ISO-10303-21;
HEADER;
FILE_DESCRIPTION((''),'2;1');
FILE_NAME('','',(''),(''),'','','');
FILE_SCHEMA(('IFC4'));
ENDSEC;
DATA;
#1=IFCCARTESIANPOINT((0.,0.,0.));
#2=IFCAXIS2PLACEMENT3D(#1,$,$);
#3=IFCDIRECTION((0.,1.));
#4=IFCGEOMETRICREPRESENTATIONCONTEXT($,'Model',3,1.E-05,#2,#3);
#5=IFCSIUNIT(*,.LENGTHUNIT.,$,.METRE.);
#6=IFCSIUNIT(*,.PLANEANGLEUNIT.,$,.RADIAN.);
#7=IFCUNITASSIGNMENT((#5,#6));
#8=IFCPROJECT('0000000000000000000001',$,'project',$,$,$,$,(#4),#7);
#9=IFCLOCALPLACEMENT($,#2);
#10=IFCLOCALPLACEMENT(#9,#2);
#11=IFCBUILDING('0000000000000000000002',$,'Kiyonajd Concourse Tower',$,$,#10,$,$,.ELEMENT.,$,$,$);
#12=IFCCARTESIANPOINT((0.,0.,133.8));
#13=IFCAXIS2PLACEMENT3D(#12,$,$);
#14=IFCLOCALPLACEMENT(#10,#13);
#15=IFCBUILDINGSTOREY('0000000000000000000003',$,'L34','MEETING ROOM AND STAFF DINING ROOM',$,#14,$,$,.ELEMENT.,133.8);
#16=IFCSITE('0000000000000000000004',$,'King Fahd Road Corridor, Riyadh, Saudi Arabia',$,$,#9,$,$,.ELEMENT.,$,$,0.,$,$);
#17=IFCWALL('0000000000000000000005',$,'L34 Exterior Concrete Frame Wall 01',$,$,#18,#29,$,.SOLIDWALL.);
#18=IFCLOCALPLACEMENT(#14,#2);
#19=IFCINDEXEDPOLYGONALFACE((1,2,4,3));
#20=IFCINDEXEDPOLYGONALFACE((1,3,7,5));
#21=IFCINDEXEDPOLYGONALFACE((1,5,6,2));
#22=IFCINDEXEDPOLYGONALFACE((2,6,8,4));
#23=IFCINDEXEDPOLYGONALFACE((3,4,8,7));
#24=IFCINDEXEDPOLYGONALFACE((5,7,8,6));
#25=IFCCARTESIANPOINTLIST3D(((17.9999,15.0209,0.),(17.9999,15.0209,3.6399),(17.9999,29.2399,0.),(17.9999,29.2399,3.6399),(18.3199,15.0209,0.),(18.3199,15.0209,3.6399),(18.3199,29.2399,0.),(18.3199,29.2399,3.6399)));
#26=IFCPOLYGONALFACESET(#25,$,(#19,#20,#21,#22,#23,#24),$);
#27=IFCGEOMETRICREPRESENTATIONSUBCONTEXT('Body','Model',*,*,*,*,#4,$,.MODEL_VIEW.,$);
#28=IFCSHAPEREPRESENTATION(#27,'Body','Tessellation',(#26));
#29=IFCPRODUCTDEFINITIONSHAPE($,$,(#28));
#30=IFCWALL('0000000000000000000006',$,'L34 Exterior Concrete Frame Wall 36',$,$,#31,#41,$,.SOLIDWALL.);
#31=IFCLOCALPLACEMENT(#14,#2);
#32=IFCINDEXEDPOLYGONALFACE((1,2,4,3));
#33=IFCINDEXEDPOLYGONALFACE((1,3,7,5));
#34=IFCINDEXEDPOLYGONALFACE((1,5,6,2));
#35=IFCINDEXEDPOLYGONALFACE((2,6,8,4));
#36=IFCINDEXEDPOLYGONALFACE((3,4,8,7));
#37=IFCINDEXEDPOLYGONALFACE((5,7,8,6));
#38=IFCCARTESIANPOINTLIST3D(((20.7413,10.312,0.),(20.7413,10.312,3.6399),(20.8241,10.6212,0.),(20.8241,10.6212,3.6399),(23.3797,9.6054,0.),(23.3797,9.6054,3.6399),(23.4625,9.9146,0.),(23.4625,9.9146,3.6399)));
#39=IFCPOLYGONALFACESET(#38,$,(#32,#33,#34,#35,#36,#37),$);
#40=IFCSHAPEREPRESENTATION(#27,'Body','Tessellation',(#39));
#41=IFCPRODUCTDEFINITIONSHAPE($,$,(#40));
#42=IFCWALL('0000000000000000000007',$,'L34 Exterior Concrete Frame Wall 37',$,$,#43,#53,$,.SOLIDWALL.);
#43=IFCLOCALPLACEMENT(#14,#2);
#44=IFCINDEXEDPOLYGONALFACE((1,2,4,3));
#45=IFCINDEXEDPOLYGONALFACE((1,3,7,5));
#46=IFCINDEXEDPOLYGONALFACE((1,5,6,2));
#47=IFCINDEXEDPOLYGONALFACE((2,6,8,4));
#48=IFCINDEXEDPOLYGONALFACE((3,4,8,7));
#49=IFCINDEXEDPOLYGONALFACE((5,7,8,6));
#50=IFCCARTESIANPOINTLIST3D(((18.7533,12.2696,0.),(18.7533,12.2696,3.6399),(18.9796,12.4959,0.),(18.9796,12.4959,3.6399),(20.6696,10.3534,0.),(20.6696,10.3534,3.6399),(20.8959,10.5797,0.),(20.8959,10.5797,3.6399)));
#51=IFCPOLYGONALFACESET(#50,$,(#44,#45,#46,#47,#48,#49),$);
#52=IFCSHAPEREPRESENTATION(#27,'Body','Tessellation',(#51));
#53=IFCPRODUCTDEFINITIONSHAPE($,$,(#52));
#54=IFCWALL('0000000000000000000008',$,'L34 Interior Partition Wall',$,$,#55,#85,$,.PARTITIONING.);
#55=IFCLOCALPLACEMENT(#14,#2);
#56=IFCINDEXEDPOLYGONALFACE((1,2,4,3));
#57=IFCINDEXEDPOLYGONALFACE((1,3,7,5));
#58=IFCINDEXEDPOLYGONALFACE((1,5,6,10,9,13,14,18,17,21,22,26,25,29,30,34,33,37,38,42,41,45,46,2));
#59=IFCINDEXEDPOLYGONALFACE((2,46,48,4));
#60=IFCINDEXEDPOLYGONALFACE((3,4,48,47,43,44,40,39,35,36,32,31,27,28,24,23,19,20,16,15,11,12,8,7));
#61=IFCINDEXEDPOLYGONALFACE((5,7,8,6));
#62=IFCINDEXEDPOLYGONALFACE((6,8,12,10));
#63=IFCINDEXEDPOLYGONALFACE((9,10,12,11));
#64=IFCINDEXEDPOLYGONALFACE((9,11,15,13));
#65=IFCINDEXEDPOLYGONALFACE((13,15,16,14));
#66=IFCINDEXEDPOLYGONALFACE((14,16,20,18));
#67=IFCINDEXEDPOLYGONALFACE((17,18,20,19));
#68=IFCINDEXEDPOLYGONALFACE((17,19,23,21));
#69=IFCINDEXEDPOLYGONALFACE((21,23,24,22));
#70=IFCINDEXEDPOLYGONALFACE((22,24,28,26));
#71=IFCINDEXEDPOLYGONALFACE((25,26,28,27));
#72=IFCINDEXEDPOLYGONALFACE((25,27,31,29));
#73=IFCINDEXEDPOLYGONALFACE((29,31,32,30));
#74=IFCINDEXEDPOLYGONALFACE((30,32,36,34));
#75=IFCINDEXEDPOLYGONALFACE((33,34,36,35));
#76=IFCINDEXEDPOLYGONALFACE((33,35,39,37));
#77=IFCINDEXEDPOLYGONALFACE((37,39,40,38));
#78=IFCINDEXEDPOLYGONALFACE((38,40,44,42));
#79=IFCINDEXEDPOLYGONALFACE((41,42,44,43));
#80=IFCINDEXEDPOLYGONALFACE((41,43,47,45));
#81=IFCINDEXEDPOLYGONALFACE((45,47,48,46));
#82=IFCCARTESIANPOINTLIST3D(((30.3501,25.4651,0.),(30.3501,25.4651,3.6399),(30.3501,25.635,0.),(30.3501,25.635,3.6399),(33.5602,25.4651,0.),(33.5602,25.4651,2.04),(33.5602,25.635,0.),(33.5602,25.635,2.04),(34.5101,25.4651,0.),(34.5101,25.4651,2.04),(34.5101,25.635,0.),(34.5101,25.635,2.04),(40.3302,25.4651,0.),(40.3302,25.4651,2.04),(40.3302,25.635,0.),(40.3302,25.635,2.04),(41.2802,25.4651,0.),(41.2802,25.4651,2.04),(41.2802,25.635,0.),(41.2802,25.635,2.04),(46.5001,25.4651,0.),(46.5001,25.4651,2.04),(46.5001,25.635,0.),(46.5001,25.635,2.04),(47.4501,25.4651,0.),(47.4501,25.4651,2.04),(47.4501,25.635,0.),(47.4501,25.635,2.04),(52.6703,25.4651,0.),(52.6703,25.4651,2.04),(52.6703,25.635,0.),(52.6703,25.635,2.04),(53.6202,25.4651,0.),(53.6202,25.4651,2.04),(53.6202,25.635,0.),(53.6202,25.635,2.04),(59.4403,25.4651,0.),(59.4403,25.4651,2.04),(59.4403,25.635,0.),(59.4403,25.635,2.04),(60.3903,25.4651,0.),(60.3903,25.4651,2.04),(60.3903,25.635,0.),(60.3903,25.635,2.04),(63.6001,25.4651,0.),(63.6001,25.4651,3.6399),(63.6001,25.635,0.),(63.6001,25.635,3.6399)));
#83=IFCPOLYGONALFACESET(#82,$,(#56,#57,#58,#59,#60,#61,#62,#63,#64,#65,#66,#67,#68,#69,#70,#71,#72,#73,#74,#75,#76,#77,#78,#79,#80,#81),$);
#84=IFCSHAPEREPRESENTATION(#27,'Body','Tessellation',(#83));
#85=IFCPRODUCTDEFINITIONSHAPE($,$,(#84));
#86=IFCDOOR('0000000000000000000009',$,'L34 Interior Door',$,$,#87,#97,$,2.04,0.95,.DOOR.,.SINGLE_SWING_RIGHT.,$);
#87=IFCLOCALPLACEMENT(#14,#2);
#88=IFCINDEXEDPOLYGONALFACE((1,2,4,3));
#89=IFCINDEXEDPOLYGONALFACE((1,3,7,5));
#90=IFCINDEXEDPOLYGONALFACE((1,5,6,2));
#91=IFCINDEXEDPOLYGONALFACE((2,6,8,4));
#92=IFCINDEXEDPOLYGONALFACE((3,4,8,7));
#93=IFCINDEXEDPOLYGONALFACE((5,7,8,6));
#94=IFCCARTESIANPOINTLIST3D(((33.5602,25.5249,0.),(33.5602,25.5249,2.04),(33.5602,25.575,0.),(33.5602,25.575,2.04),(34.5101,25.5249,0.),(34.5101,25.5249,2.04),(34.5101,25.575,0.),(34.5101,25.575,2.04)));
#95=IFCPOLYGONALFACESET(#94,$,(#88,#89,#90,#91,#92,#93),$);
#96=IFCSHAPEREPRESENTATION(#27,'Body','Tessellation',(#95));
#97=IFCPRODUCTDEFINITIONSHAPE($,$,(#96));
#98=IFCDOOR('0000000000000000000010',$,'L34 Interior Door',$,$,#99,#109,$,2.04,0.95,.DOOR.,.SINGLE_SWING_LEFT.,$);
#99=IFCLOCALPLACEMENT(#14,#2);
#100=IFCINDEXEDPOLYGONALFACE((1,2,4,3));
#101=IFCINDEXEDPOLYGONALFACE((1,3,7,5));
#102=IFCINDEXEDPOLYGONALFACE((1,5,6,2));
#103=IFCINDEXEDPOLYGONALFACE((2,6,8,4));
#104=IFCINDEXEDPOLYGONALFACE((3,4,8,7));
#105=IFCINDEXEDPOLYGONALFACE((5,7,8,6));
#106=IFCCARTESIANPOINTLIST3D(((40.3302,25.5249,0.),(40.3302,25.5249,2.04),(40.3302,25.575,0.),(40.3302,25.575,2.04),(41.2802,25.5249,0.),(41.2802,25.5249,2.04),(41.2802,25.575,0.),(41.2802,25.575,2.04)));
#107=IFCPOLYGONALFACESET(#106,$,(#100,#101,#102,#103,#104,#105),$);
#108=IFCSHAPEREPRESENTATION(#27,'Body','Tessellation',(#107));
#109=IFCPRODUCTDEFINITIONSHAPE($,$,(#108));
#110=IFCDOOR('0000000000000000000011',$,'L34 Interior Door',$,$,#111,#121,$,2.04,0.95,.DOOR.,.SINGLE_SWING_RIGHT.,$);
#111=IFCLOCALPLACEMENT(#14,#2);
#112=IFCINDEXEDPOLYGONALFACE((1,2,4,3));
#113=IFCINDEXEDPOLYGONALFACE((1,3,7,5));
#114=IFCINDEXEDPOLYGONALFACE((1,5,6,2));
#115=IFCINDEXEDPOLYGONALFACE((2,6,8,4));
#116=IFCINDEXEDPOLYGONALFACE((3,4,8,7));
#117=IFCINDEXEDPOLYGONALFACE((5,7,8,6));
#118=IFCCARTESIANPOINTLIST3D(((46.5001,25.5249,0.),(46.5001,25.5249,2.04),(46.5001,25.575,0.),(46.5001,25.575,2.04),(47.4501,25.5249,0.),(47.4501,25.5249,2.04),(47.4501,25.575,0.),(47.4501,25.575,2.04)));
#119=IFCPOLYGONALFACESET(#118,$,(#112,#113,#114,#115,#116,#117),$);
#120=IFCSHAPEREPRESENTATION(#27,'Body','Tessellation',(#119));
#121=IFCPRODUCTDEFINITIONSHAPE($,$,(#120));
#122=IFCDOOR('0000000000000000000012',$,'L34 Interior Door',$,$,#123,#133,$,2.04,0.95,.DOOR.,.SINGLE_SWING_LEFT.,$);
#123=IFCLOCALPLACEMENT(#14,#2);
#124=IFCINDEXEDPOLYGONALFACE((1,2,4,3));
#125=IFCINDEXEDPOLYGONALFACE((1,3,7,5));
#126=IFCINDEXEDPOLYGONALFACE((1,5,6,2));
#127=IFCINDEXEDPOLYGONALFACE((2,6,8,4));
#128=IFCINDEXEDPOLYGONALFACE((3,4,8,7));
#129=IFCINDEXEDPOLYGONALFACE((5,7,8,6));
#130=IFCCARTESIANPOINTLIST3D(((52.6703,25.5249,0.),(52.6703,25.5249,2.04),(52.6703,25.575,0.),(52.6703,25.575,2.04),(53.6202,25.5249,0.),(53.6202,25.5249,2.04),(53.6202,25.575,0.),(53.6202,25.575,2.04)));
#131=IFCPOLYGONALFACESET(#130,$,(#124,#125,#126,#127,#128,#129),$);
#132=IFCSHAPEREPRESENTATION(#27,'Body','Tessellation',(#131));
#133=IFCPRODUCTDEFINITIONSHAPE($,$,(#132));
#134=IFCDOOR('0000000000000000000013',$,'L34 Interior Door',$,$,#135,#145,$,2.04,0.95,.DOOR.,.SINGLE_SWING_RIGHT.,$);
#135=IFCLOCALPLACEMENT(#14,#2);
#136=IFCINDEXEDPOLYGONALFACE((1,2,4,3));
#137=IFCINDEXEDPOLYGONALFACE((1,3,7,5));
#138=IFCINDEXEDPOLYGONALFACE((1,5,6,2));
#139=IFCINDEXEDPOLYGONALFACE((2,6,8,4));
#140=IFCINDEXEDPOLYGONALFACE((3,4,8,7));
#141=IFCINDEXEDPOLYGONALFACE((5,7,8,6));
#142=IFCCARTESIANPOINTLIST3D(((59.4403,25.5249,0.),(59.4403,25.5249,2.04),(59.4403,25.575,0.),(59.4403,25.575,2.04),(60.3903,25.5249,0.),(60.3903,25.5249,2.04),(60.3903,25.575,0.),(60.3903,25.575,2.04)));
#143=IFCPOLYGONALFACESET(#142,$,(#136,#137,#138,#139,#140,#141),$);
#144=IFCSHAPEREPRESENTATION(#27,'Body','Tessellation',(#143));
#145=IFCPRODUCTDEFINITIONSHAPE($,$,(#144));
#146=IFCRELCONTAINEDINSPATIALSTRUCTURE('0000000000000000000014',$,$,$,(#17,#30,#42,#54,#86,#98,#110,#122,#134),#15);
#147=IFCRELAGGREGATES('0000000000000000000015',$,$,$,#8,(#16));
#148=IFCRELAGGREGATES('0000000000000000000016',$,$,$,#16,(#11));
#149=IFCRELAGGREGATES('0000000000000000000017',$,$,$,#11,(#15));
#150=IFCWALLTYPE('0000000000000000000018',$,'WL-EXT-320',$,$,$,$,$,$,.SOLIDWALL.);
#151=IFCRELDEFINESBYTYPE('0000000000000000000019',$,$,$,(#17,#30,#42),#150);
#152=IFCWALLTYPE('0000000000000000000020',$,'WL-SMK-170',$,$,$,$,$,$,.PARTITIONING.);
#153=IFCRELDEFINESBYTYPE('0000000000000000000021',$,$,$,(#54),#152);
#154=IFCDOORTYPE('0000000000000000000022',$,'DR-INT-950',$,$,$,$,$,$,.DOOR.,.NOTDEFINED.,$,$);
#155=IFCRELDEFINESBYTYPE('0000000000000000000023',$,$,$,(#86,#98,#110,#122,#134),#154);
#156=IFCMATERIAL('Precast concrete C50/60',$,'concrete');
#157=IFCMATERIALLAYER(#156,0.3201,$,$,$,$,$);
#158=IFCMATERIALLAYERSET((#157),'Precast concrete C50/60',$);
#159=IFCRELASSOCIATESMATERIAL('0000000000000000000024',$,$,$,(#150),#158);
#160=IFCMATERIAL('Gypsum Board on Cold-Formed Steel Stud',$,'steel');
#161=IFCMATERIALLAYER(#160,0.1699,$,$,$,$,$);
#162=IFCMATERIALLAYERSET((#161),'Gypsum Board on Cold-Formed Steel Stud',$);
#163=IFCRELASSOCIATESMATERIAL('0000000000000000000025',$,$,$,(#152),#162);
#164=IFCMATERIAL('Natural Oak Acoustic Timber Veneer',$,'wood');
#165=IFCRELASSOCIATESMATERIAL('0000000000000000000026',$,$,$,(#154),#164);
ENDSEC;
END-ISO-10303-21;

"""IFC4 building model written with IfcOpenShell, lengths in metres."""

from ifc_helpers import new_model, si_unit, direction, frame, frame_2d, origin, place, context, subcontext, project, spatial, rectangle, extrude, material, layer, layer_set, type_object, element, fill, save


model = new_model("IFC4")

# Units and contexts
model_context = context("Model", 3, precision=1e-05, world=origin(), true_north=direction((0.0, 1.0)))
body_context = subcontext(model_context, "Body", "Model", "MODEL_VIEW")
ifc_project = project(units=[si_unit("LENGTHUNIT", "METRE"), si_unit("PLANEANGLEUNIT", "RADIAN")], contexts=[model_context])

# Site, building, storey
site_placement = place(None, origin())
site = spatial("IfcSite", under=ifc_project, at=site_placement, Name="King Fahd Road Corridor, Riyadh, Saudi Arabia", CompositionType="ELEMENT", RefElevation=0.0)
building_placement = place(site_placement, origin())
building = spatial("IfcBuilding", under=site, at=building_placement, Name="Kiyonajd Concourse Tower", CompositionType="ELEMENT")
storey_placement = place(building_placement, frame((0.0, 0.0, 133.8)))
storey = spatial("IfcBuildingStorey", under=building, at=storey_placement, Name="L34", Description="MEETING ROOM AND STAFF DINING ROOM", CompositionType="ELEMENT", Elevation=133.8)

# Shared definitions
ifc_material_1 = material(Name="Precast concrete C50/60", Category="concrete")

# Walls
ifc_layer_1 = layer(ifc_material_1, 0.3201)
ifc_layer_set_1 = layer_set([ifc_layer_1], Name="Precast concrete C50/60")
wall_type_1 = type_object("IfcWallType", Name="WL-EXT-320", PredefinedType="SOLIDWALL", material=ifc_layer_set_1)
wall_1_placement = place(storey_placement, frame((18.1599, 15.021, 0.0), z_axis=(0.0, 0.0, 1.0), x_axis=(0.0, 1.0, 0.0)))
element("IfcWall", 1, at=wall_1_placement, inside=storey, type_object=wall_type_1, Name="L34 Exterior Concrete Frame Wall 01", PredefinedType="SOLIDWALL", context=body_context, shape_type="SweptSolid", body=[
    extrude(rectangle(XDim=14.219, YDim=0.3201, at=frame_2d((7.1094, 0.0))), origin(), (0.0, 0.0, 1.0), 3.6399),
])
wall_2_placement = place(storey_placement, frame((23.4211, 9.76, 0.0), z_axis=(0.0, 0.0, 1.0), x_axis=(-0.965964, 0.258675, 0.0)))
element("IfcWall", 2, at=wall_2_placement, inside=storey, type_object=wall_type_1, Name="L34 Exterior Concrete Frame Wall 36", PredefinedType="SOLIDWALL", context=body_context, shape_type="SweptSolid", body=[
    extrude(rectangle(XDim=2.7314, YDim=0.3201, at=frame_2d((1.3657, 0.0))), origin(), (0.0, 0.0, 1.0), 3.6399),
])
wall_3_placement = place(storey_placement, frame((20.7827, 10.4666, 0.0), z_axis=(0.0, 0.0, 1.0), x_axis=(-0.707107, 0.707107, 0.0)))
element("IfcWall", 3, at=wall_3_placement, inside=storey, type_object=wall_type_1, Name="L34 Exterior Concrete Frame Wall 37", PredefinedType="SOLIDWALL", context=body_context, shape_type="SweptSolid", body=[
    extrude(rectangle(XDim=2.71, YDim=0.3201, at=frame_2d((1.355, 0.0))), origin(), (0.0, 0.0, 1.0), 3.6399),
])

# Wall, openings, doors
ifc_material_2 = material(Name="Gypsum Board on Cold-Formed Steel Stud", Category="steel")
ifc_layer_2 = layer(ifc_material_2, 0.1699)
ifc_layer_set_2 = layer_set([ifc_layer_2], Name="Gypsum Board on Cold-Formed Steel Stud")
wall_type_2 = type_object("IfcWallType", Name="WL-SMK-170", PredefinedType="PARTITIONING", material=ifc_layer_set_2)
wall_4_placement = place(storey_placement, frame((30.3501, 25.55, 0.0), z_axis=(0.0, 0.0, 1.0), x_axis=(1.0, 0.0, 0.0)))
wall_4 = element("IfcWall", 4, at=wall_4_placement, inside=storey, type_object=wall_type_2, Name="L34 Interior Partition Wall", PredefinedType="PARTITIONING", context=body_context, shape_type="SweptSolid", body=[
    extrude(rectangle(XDim=33.25, YDim=0.1699, at=frame_2d((16.625, 0.0))), origin(), (0.0, 0.0, 1.0), 3.6399),
])
opening_1_placement = place(wall_4_placement, frame((3.21, 0.0, 0.0)))
opening_1 = element("IfcOpeningElement", 5, at=opening_1_placement, cuts=wall_4, PredefinedType="OPENING", context=body_context, shape_type="SweptSolid", body=[
    extrude(rectangle(XDim=0.95, YDim=2.04, at=frame_2d((0.4751, 1.02))), frame((0.0, 0.095, 0.0), z_axis=(0.0, -1.0, 0.0), x_axis=(1.0, 0.0, 0.0)), (0.0, 0.0, 1.0), 0.1899),
])
opening_2_placement = place(wall_4_placement, frame((9.98, 0.0, 0.0)))
opening_2 = element("IfcOpeningElement", 6, at=opening_2_placement, cuts=wall_4, PredefinedType="OPENING", context=body_context, shape_type="SweptSolid", body=[
    extrude(rectangle(XDim=0.95, YDim=2.04, at=frame_2d((0.4751, 1.02))), frame((0.0, 0.095, 0.0), z_axis=(0.0, -1.0, 0.0), x_axis=(1.0, 0.0, 0.0)), (0.0, 0.0, 1.0), 0.1899),
])
opening_3_placement = place(wall_4_placement, frame((16.1499, 0.0, 0.0)))
opening_3 = element("IfcOpeningElement", 7, at=opening_3_placement, cuts=wall_4, PredefinedType="OPENING", context=body_context, shape_type="SweptSolid", body=[
    extrude(rectangle(XDim=0.95, YDim=2.04, at=frame_2d((0.4751, 1.02))), frame((0.0, 0.095, 0.0), z_axis=(0.0, -1.0, 0.0), x_axis=(1.0, 0.0, 0.0)), (0.0, 0.0, 1.0), 0.1899),
])
opening_4_placement = place(wall_4_placement, frame((22.3201, 0.0, 0.0)))
opening_4 = element("IfcOpeningElement", 8, at=opening_4_placement, cuts=wall_4, PredefinedType="OPENING", context=body_context, shape_type="SweptSolid", body=[
    extrude(rectangle(XDim=0.95, YDim=2.04, at=frame_2d((0.4751, 1.02))), frame((0.0, 0.095, 0.0), z_axis=(0.0, -1.0, 0.0), x_axis=(1.0, 0.0, 0.0)), (0.0, 0.0, 1.0), 0.1899),
])
opening_5_placement = place(wall_4_placement, frame((29.0901, 0.0, 0.0)))
opening_5 = element("IfcOpeningElement", 9, at=opening_5_placement, cuts=wall_4, PredefinedType="OPENING", context=body_context, shape_type="SweptSolid", body=[
    extrude(rectangle(XDim=0.95, YDim=2.04, at=frame_2d((0.4751, 1.02))), frame((0.0, 0.095, 0.0), z_axis=(0.0, -1.0, 0.0), x_axis=(1.0, 0.0, 0.0)), (0.0, 0.0, 1.0), 0.1899),
])
ifc_material_3 = material(Name="Natural Oak Acoustic Timber Veneer", Category="wood")
door_type = type_object("IfcDoorType", Name="DR-INT-950", OperationType="NOTDEFINED", PredefinedType="DOOR", material=ifc_material_3)
door_1_placement = place(opening_1_placement, origin())
door_1 = element("IfcDoor", 10, at=door_1_placement, inside=storey, type_object=door_type, Name="L34 Interior Door", OperationType="SINGLE_SWING_RIGHT", OverallHeight=2.04, OverallWidth=0.95, PredefinedType="DOOR", context=body_context, shape_type="SweptSolid", body=[
    extrude(rectangle(XDim=0.95, YDim=2.04, at=frame_2d((0.4751, 1.02))), frame((0.0, 0.0249, 0.0), z_axis=(0.0, -1.0, 0.0), x_axis=(1.0, 0.0, 0.0)), (0.0, 0.0, 1.0), 0.05),
])
fill(opening_1, door_1)
door_2_placement = place(opening_2_placement, origin())
door_2 = element("IfcDoor", 11, at=door_2_placement, inside=storey, type_object=door_type, Name="L34 Interior Door", OperationType="SINGLE_SWING_LEFT", OverallHeight=2.04, OverallWidth=0.95, PredefinedType="DOOR", context=body_context, shape_type="SweptSolid", body=[
    extrude(rectangle(XDim=0.95, YDim=2.04, at=frame_2d((0.4751, 1.02))), frame((0.0, 0.0249, 0.0), z_axis=(0.0, -1.0, 0.0), x_axis=(1.0, 0.0, 0.0)), (0.0, 0.0, 1.0), 0.05),
])
fill(opening_2, door_2)
door_3_placement = place(opening_3_placement, origin())
door_3 = element("IfcDoor", 12, at=door_3_placement, inside=storey, type_object=door_type, Name="L34 Interior Door", OperationType="SINGLE_SWING_RIGHT", OverallHeight=2.04, OverallWidth=0.95, PredefinedType="DOOR", context=body_context, shape_type="SweptSolid", body=[
    extrude(rectangle(XDim=0.95, YDim=2.04, at=frame_2d((0.4751, 1.02))), frame((0.0, 0.0249, 0.0), z_axis=(0.0, -1.0, 0.0), x_axis=(1.0, 0.0, 0.0)), (0.0, 0.0, 1.0), 0.05),
])
fill(opening_3, door_3)
door_4_placement = place(opening_4_placement, origin())
door_4 = element("IfcDoor", 13, at=door_4_placement, inside=storey, type_object=door_type, Name="L34 Interior Door", OperationType="SINGLE_SWING_LEFT", OverallHeight=2.04, OverallWidth=0.95, PredefinedType="DOOR", context=body_context, shape_type="SweptSolid", body=[
    extrude(rectangle(XDim=0.95, YDim=2.04, at=frame_2d((0.4751, 1.02))), frame((0.0, 0.0249, 0.0), z_axis=(0.0, -1.0, 0.0), x_axis=(1.0, 0.0, 0.0)), (0.0, 0.0, 1.0), 0.05),
])
fill(opening_4, door_4)
door_5_placement = place(opening_5_placement, origin())
door_5 = element("IfcDoor", 14, at=door_5_placement, inside=storey, type_object=door_type, Name="L34 Interior Door", OperationType="SINGLE_SWING_RIGHT", OverallHeight=2.04, OverallWidth=0.95, PredefinedType="DOOR", context=body_context, shape_type="SweptSolid", body=[
    extrude(rectangle(XDim=0.95, YDim=2.04, at=frame_2d((0.4751, 1.02))), frame((0.0, 0.0249, 0.0), z_axis=(0.0, -1.0, 0.0), x_axis=(1.0, 0.0, 0.0)), (0.0, 0.0, 1.0), 0.05),
])
fill(opening_5, door_5)

save(model, "model.ifc")
